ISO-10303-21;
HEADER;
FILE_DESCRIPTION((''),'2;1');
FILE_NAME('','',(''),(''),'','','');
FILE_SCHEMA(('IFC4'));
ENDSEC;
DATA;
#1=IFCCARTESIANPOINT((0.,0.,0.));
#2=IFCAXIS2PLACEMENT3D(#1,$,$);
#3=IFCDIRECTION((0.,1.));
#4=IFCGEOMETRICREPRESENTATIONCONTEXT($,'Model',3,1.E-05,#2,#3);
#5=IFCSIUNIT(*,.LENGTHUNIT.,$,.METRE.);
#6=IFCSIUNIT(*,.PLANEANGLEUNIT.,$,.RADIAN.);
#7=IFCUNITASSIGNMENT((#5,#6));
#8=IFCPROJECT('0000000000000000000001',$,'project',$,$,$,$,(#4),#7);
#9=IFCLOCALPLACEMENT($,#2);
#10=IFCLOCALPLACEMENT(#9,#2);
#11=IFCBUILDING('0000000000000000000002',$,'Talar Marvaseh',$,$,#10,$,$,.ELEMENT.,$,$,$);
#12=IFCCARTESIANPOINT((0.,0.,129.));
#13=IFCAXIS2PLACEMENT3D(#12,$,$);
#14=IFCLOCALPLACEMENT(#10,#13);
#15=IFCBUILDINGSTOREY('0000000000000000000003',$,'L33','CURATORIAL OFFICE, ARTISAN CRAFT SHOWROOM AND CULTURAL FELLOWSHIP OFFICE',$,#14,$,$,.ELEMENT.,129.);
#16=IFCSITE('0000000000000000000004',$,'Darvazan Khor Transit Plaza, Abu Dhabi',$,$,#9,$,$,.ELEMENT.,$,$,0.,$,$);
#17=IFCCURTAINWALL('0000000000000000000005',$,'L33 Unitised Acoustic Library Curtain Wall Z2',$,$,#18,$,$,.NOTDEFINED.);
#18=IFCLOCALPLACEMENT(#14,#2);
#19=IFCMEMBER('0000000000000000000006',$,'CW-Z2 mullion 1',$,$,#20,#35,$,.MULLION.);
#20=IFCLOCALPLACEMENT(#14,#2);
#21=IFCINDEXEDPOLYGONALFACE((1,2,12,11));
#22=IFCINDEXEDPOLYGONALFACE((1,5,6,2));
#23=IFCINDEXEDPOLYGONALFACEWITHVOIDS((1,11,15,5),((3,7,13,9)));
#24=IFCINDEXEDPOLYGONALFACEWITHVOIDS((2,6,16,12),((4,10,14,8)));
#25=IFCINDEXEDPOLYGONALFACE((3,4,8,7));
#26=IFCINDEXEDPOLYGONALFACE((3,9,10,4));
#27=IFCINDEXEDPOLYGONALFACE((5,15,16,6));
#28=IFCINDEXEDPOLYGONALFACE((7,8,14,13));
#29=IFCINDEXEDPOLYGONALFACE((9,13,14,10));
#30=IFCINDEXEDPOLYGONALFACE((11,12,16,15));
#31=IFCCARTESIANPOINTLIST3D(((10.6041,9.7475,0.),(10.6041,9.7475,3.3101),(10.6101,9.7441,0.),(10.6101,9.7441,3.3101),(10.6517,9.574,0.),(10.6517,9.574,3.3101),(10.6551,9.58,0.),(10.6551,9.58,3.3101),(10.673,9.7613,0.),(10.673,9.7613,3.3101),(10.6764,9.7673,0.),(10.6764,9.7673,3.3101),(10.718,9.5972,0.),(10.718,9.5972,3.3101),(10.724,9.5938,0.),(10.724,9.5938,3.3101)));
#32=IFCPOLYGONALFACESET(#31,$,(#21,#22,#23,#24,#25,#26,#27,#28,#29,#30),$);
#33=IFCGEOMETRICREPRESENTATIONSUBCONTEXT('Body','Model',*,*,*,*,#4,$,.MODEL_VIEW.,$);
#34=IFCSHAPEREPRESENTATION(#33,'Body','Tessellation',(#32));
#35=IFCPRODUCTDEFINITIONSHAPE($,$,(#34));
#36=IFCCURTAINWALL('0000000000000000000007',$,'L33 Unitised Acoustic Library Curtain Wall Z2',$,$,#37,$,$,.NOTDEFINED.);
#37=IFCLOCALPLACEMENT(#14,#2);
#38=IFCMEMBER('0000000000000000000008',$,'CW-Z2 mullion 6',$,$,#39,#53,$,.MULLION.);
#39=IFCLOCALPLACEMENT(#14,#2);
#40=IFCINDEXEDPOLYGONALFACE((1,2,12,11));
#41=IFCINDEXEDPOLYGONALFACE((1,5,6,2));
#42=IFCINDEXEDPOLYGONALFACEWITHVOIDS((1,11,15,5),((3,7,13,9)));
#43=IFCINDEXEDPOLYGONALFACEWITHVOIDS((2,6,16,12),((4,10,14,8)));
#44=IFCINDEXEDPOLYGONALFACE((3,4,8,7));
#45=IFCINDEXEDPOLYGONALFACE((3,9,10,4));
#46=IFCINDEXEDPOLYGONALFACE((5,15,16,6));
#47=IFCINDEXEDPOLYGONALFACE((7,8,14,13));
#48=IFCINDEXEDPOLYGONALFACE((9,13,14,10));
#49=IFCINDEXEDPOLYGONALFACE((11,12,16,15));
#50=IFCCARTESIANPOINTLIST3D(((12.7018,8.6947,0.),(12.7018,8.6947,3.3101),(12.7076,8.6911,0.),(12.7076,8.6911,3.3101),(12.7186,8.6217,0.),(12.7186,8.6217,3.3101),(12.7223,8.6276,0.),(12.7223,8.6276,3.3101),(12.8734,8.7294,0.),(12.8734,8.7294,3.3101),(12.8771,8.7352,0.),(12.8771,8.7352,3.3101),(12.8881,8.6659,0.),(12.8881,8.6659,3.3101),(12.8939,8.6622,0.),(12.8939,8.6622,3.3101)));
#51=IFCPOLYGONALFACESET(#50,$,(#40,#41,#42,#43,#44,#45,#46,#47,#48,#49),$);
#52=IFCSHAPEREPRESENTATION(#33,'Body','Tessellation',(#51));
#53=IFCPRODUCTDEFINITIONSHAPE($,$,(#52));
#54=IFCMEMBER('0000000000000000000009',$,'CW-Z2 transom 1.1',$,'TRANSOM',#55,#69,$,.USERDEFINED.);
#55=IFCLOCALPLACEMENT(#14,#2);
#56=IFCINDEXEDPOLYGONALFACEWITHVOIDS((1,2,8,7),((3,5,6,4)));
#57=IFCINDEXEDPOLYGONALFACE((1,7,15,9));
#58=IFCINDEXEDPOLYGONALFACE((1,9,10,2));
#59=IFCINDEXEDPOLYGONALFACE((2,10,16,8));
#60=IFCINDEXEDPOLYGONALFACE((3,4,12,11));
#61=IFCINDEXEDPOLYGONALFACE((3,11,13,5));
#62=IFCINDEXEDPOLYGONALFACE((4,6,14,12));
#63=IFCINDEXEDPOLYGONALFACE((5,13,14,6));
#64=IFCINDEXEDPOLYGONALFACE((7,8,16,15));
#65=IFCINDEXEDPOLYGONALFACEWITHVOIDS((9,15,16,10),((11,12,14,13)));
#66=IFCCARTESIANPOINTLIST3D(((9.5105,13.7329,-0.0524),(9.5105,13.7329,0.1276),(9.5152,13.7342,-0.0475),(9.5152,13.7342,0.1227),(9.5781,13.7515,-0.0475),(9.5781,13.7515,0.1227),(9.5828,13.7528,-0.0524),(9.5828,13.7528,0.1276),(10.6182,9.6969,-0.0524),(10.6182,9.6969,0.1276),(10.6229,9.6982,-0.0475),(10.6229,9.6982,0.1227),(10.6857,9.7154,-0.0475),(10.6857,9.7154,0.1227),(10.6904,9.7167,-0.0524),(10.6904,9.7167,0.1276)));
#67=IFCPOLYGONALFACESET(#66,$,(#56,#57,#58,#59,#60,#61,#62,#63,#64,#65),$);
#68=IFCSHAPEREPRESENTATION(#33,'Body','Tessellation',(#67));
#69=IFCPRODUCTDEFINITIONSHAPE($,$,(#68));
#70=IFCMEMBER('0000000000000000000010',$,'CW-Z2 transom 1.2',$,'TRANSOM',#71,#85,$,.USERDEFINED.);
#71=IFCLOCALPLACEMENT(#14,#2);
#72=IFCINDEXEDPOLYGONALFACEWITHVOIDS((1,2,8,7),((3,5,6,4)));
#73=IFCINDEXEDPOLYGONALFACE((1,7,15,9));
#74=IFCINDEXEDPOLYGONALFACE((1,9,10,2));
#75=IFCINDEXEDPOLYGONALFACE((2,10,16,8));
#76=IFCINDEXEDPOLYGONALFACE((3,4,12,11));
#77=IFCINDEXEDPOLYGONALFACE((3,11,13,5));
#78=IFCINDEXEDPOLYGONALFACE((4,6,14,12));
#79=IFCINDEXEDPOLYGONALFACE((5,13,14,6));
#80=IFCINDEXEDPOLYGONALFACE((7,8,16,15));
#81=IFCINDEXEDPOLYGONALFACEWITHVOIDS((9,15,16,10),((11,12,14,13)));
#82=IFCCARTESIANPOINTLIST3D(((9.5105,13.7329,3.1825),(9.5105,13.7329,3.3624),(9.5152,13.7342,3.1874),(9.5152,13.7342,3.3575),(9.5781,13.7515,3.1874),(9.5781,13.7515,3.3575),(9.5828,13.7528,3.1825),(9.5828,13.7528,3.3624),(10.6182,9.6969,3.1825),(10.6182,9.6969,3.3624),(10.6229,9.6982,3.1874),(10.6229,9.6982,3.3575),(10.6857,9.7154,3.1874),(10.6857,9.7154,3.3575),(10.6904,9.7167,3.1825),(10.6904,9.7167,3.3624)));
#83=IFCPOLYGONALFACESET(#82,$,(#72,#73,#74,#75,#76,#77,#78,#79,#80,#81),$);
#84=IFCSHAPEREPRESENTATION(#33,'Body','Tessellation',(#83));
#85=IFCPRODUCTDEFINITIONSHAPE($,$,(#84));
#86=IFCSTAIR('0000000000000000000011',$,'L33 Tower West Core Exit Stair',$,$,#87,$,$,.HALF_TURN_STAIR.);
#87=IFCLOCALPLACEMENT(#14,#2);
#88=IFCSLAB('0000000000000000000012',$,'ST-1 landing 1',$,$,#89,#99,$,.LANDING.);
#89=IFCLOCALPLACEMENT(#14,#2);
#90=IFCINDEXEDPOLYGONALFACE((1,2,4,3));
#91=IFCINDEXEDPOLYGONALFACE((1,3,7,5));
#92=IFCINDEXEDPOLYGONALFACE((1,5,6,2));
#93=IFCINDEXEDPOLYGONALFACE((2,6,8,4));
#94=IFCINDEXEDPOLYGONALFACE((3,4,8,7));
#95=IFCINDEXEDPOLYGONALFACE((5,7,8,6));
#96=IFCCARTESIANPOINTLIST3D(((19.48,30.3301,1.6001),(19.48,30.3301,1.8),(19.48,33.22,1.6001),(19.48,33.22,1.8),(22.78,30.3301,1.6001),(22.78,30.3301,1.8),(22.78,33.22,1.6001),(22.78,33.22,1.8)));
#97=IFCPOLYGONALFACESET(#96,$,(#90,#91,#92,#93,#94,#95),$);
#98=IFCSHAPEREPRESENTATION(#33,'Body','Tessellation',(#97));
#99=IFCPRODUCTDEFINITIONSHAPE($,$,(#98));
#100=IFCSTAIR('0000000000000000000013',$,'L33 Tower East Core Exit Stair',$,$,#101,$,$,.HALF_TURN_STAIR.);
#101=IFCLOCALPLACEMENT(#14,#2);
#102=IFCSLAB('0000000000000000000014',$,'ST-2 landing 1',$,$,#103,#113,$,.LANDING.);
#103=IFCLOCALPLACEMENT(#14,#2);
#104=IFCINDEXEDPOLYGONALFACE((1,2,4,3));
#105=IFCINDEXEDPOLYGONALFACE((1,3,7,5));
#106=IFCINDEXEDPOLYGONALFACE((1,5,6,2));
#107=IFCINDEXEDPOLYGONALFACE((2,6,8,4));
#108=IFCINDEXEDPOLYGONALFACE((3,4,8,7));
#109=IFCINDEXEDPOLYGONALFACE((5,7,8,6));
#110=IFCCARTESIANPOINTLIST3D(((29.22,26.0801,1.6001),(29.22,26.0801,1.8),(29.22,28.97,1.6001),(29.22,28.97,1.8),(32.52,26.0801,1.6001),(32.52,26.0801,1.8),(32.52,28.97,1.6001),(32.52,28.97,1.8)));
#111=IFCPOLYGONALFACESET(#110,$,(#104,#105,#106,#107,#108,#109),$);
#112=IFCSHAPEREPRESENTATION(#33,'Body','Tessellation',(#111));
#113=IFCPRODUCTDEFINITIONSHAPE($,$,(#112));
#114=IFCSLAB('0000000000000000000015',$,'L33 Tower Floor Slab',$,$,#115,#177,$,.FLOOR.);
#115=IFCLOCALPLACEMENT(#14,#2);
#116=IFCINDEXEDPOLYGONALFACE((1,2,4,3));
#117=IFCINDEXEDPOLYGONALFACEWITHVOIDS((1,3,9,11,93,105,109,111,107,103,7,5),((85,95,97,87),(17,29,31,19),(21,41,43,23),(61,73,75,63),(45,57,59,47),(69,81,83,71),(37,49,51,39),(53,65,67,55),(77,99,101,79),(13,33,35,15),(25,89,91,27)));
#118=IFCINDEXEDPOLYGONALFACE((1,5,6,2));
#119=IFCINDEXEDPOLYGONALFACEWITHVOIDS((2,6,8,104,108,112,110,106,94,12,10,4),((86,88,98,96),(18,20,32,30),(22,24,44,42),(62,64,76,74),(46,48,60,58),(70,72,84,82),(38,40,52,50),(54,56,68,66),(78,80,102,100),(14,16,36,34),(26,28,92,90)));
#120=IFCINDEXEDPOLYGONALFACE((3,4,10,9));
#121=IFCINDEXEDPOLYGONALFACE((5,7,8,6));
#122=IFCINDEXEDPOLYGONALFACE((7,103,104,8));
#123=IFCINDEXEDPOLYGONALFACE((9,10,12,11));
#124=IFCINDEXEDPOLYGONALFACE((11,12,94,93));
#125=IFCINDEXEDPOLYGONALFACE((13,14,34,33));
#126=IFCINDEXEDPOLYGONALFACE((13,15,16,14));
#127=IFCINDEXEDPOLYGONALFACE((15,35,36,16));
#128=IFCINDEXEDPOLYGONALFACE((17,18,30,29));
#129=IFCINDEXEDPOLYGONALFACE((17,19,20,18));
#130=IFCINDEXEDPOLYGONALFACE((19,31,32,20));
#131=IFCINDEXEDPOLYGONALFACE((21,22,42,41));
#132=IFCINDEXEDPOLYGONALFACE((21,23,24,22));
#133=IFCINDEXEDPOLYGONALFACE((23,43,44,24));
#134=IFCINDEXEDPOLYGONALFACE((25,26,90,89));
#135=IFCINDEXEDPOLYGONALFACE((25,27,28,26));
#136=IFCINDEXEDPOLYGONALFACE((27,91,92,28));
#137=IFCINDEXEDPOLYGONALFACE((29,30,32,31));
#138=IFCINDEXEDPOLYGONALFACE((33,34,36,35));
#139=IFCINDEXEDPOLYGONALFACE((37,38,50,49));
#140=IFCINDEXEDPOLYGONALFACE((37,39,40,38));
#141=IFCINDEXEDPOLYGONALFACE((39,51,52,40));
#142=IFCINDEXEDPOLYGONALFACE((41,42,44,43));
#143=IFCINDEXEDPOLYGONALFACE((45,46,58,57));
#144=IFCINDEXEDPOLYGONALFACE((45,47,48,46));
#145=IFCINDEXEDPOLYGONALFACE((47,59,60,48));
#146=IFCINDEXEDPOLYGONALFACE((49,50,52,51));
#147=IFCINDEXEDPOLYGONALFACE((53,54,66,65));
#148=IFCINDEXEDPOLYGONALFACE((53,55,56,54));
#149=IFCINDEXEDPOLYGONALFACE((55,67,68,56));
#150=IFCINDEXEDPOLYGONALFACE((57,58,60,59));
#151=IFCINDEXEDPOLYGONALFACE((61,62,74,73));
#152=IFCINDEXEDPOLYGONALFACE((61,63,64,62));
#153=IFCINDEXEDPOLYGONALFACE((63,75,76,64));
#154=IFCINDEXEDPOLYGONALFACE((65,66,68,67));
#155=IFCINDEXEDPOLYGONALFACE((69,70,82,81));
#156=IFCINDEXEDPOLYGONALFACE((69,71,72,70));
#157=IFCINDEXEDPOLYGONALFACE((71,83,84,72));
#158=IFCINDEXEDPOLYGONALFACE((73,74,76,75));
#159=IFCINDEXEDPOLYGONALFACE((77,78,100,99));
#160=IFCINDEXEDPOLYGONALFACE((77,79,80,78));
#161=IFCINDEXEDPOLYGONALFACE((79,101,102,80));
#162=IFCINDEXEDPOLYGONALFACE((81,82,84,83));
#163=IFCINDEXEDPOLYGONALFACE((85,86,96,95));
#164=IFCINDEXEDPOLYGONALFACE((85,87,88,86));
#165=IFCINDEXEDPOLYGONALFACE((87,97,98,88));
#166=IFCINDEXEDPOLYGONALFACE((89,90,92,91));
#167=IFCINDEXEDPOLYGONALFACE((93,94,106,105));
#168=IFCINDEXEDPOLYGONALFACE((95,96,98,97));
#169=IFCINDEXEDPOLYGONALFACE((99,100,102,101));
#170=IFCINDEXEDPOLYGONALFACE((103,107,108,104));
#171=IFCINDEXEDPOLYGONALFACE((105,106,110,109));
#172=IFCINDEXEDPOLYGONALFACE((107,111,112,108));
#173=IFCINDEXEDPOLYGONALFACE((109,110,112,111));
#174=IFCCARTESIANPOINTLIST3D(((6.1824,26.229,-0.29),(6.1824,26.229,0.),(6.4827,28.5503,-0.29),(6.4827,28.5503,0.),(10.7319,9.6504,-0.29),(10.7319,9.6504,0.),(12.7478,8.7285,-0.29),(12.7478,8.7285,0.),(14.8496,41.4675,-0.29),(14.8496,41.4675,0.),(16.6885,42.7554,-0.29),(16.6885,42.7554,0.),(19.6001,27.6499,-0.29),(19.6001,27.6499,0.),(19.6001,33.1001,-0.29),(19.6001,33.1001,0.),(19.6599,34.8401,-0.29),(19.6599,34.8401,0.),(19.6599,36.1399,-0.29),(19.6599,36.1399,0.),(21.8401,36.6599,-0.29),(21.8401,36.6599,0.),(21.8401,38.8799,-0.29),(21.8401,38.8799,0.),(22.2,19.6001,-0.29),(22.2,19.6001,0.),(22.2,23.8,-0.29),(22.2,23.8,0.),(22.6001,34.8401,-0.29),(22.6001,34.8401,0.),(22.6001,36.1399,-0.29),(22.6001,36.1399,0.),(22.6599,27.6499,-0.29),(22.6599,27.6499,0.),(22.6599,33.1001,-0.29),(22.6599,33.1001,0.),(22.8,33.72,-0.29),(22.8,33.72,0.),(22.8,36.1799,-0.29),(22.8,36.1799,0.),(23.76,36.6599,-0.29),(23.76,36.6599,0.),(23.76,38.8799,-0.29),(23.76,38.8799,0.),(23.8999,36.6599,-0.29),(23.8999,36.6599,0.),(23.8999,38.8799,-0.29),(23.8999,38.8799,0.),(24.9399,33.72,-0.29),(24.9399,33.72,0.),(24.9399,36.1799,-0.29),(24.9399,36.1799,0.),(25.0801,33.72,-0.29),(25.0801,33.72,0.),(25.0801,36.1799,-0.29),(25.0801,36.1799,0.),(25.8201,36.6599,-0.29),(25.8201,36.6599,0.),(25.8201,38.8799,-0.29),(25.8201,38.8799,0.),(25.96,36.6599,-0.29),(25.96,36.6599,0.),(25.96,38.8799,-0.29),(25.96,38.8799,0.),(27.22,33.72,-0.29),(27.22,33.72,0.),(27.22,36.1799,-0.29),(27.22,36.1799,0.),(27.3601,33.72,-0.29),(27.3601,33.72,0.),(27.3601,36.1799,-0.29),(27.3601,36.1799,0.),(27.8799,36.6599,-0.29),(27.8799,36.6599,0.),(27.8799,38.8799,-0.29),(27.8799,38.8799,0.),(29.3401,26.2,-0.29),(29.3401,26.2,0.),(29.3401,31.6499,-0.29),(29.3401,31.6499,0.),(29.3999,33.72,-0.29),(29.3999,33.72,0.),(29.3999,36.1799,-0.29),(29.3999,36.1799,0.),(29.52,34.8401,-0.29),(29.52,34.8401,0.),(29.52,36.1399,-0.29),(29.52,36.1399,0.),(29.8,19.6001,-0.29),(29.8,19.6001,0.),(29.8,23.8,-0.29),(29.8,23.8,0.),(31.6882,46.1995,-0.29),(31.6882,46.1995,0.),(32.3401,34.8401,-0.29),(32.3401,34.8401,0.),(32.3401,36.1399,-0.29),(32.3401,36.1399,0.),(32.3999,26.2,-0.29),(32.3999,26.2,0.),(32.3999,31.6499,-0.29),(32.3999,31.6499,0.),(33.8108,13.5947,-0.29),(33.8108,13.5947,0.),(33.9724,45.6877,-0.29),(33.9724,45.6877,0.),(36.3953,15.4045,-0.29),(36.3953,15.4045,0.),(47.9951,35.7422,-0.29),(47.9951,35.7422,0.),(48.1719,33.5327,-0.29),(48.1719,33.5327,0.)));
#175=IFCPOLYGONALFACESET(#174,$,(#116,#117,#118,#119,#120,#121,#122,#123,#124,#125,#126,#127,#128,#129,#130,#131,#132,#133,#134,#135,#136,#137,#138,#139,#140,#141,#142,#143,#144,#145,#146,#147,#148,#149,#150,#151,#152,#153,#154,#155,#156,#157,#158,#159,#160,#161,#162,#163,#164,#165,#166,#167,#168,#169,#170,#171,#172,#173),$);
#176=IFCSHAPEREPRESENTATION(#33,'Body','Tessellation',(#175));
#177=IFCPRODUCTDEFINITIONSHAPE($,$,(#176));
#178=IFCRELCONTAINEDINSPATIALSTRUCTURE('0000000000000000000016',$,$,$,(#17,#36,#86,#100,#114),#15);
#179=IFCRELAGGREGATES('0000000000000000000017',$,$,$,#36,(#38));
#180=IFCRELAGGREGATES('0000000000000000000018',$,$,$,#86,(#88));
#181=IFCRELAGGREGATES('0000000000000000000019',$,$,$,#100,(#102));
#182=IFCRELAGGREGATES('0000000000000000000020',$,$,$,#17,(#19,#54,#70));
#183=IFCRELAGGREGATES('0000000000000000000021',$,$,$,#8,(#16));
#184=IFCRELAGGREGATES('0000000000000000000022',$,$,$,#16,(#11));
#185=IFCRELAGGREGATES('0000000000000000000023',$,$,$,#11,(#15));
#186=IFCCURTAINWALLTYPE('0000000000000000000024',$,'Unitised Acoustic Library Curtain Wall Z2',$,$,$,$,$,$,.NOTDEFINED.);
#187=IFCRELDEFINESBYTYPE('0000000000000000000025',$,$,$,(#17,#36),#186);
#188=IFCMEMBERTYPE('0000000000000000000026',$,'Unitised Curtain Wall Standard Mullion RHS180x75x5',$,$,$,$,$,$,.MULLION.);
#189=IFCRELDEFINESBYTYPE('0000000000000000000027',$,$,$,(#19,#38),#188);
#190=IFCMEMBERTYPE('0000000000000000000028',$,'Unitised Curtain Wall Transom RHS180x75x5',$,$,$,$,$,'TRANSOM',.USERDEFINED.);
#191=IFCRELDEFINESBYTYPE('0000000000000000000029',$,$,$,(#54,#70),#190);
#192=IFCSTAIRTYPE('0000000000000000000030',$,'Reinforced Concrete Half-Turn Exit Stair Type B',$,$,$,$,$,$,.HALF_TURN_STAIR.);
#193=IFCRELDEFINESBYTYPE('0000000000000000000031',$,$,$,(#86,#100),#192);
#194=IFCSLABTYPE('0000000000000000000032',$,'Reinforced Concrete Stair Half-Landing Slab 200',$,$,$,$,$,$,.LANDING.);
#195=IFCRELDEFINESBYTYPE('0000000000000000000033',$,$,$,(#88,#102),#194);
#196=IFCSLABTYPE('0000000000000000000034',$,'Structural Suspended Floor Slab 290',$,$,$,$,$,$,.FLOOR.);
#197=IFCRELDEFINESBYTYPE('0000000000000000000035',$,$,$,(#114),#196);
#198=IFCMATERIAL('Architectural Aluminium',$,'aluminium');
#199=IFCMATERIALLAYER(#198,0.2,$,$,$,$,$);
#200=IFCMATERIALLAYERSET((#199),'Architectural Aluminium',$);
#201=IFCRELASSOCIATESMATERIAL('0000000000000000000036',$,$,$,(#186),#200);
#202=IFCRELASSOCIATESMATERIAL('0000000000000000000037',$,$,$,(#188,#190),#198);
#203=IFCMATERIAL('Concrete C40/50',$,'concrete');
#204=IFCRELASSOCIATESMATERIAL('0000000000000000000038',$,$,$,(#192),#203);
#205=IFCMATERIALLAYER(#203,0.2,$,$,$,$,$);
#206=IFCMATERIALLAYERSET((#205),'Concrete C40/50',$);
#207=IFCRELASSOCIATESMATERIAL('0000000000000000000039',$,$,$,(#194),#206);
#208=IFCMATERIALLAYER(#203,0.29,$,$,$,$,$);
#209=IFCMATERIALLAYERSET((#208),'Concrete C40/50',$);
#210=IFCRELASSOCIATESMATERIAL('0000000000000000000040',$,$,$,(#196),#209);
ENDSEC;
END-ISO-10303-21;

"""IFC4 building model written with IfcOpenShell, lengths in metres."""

from ifc_helpers import new_model, si_unit, direction, frame, origin, origin_2d, place, context, subcontext, project, spatial, polyline, hollow_rectangle, outline, extrude, source, transform, mapped, material, layer, layer_set, material_profile, profile_set, type_object, type_shapes, element, aggregate, save


model = new_model("IFC4")

# Units and contexts
model_context = context("Model", 3, precision=1e-05, world=origin(), true_north=direction((0.0, 1.0)))
body_context = subcontext(model_context, "Body", "Model", "MODEL_VIEW")
ifc_project = project(units=[si_unit("LENGTHUNIT", "METRE"), si_unit("PLANEANGLEUNIT", "RADIAN")], contexts=[model_context])

# Site, building, storey
site_placement = place(None, origin())
site = spatial("IfcSite", under=ifc_project, at=site_placement, Name="Darvazan Khor Transit Plaza, Abu Dhabi", CompositionType="ELEMENT", RefElevation=0.0)
building_placement = place(site_placement, origin())
building = spatial("IfcBuilding", under=site, at=building_placement, Name="Talar Marvaseh", CompositionType="ELEMENT")
storey_placement = place(building_placement, frame((0.0, 0.0, 129.0)))
storey = spatial("IfcBuildingStorey", under=building, at=storey_placement, Name="L33", Description="CURATORIAL OFFICE, ARTISAN CRAFT SHOWROOM AND CULTURAL FELLOWSHIP OFFICE", CompositionType="ELEMENT", Elevation=129.0)

# Curtain walls, members
ifc_material_1 = material(Name="Architectural Aluminium", Category="aluminium")
ifc_layer_1 = layer(ifc_material_1, 0.2)
ifc_layer_set_1 = layer_set([ifc_layer_1], Name="Architectural Aluminium")
curtain_wall_type = type_object("IfcCurtainWallType", Name="Unitised Acoustic Library Curtain Wall Z2", PredefinedType="NOTDEFINED", material=ifc_layer_set_1)
curtain_wall_1_placement = place(storey_placement, origin())
curtain_wall_1 = element("IfcCurtainWall", 1, at=curtain_wall_1_placement, inside=storey, type_object=curtain_wall_type, Name="L33 Unitised Acoustic Library Curtain Wall Z2", PredefinedType="NOTDEFINED")
ifc_material_profile_1 = material_profile(ifc_material_1, hollow_rectangle(XDim=0.075, YDim=0.1799, WallThickness=0.0049, at=origin_2d()), Name="RHS180x75x5")
ifc_profile_set_1 = profile_set([ifc_material_profile_1], Name="Architectural Aluminium")
member_type_1 = type_object("IfcMemberType", Name="Unitised Curtain Wall Standard Mullion RHS180x75x5", PredefinedType="MULLION", material=ifc_profile_set_1)
shared_shape_1 = source(origin(), body_context, "Body", "SweptSolid", [
    extrude(hollow_rectangle(XDim=0.075, YDim=0.1799, WallThickness=0.0049, at=origin_2d()), origin(), (0.0, 0.0, 1.0), 3.3101),
])
type_shapes(member_type_1, [shared_shape_1])
member_1_placement = place(storey_placement, frame((10.6641, 9.6707, 0.0), z_axis=(0.0, 0.0, 1.0), x_axis=(-0.964345, -0.264647, 0.0)))
member_1 = element("IfcMember", 2, at=member_1_placement, type_object=member_type_1, Name="CW-Z2 mullion 1", PredefinedType="MULLION", context=body_context, shape_type="MappedRepresentation", body=[
    mapped(shared_shape_1, transform((0.0, 0.0, 0.0), x_axis=(1.0, 0.0, 0.0), y_axis=(0.0, 1.0, 0.0), z_axis=(0.0, 0.0, 1.0), scale=1.0)),
])
curtain_wall_2_placement = place(storey_placement, origin())
curtain_wall_2 = element("IfcCurtainWall", 3, at=curtain_wall_2_placement, inside=storey, type_object=curtain_wall_type, Name="L33 Unitised Acoustic Library Curtain Wall Z2", PredefinedType="NOTDEFINED")
member_2_placement = place(storey_placement, frame((12.7979, 8.6785, 0.0), z_axis=(0.0, 0.0, 1.0), x_axis=(0.225103, -0.974335, 0.0)))
member_2 = element("IfcMember", 4, at=member_2_placement, type_object=member_type_1, Name="CW-Z2 mullion 6", PredefinedType="MULLION", context=body_context, shape_type="MappedRepresentation", body=[
    mapped(shared_shape_1, transform((0.0, 0.0, 0.0), x_axis=(1.0, 0.0, 0.0), y_axis=(0.0, 1.0, 0.0), z_axis=(0.0, 0.0, 1.0), scale=1.0)),
])
aggregate(curtain_wall_2, [member_2])

# Members
ifc_material_profile_2 = material_profile(ifc_material_1, hollow_rectangle(XDim=0.075, YDim=0.1799, WallThickness=0.0049, at=origin_2d()), Name="RHS180x75x5")
ifc_profile_set_2 = profile_set([ifc_material_profile_2], Name="Architectural Aluminium")
member_type_2 = type_object("IfcMemberType", Name="Unitised Curtain Wall Transom RHS180x75x5", ElementType="TRANSOM", PredefinedType="USERDEFINED", material=ifc_profile_set_2)
shared_shape_2 = source(origin(), body_context, "Body", "SweptSolid", [
    extrude(hollow_rectangle(XDim=0.075, YDim=0.1799, WallThickness=0.0049, at=origin_2d()), origin(), (0.0, 0.0, 1.0), 4.1853),
])
type_shapes(member_type_2, [shared_shape_2])
member_3_placement = place(storey_placement, frame((10.6543, 9.7068, 0.0376), z_axis=(-0.264652, 0.964344, 0.0), x_axis=(-0.964344, -0.264652, 0.0)))
member_3 = element("IfcMember", 5, at=member_3_placement, type_object=member_type_2, Name="CW-Z2 transom 1.1", ObjectType="TRANSOM", PredefinedType="USERDEFINED", context=body_context, shape_type="MappedRepresentation", body=[
    mapped(shared_shape_2, transform((0.0, 0.0, 0.0), x_axis=(1.0, 0.0, 0.0), y_axis=(0.0, 1.0, 0.0), z_axis=(0.0, 0.0, 1.0), scale=1.0)),
])
member_4_placement = place(storey_placement, frame((10.6543, 9.7068, 3.2725), z_axis=(-0.264652, 0.964344, 0.0), x_axis=(-0.964344, -0.264652, 0.0)))
member_4 = element("IfcMember", 6, at=member_4_placement, type_object=member_type_2, Name="CW-Z2 transom 1.2", ObjectType="TRANSOM", PredefinedType="USERDEFINED", context=body_context, shape_type="MappedRepresentation", body=[
    mapped(shared_shape_2, transform((0.0, 0.0, 0.0), x_axis=(1.0, 0.0, 0.0), y_axis=(0.0, 1.0, 0.0), z_axis=(0.0, 0.0, 1.0), scale=1.0)),
])

# Stairs, slabs
ifc_material_2 = material(Name="Concrete C40/50", Category="concrete")
stair_type = type_object("IfcStairType", Name="Reinforced Concrete Half-Turn Exit Stair Type B", PredefinedType="HALF_TURN_STAIR", material=ifc_material_2)
stair_1_placement = place(storey_placement, origin())
stair_1 = element("IfcStair", 7, at=stair_1_placement, inside=storey, type_object=stair_type, Name="L33 Tower West Core Exit Stair", PredefinedType="HALF_TURN_STAIR")
ifc_layer_2 = layer(ifc_material_2, 0.2)
ifc_layer_set_2 = layer_set([ifc_layer_2], Name="Concrete C40/50")
slab_type_1 = type_object("IfcSlabType", Name="Reinforced Concrete Stair Half-Landing Slab 200", PredefinedType="LANDING", material=ifc_layer_set_2)
slab_1_placement = place(storey_placement, frame((0.0, 0.0, 1.6001)))
slab_1 = element("IfcSlab", 8, at=slab_1_placement, type_object=slab_type_1, Name="ST-1 landing 1", PredefinedType="LANDING", context=body_context, shape_type="SweptSolid", body=[
    extrude(outline(polyline([(22.78, 30.3301), (22.78, 33.22), (19.48, 33.22), (19.48, 30.3301), (22.78, 30.3301)])), origin(), (0.0, 0.0, 1.0), 0.2),
])
aggregate(stair_1, [slab_1])
stair_2_placement = place(storey_placement, origin())
stair_2 = element("IfcStair", 9, at=stair_2_placement, inside=storey, type_object=stair_type, Name="L33 Tower East Core Exit Stair", PredefinedType="HALF_TURN_STAIR")
slab_2_placement = place(storey_placement, frame((0.0, 0.0, 1.6001)))
slab_2 = element("IfcSlab", 10, at=slab_2_placement, type_object=slab_type_1, Name="ST-2 landing 1", PredefinedType="LANDING", context=body_context, shape_type="SweptSolid", body=[
    extrude(outline(polyline([(29.22, 28.97), (29.22, 26.0801), (32.52, 26.0801), (32.52, 28.97), (29.22, 28.97)])), origin(), (0.0, 0.0, 1.0), 0.2),
])
aggregate(stair_2, [slab_2])

# Slab
ifc_layer_3 = layer(ifc_material_2, 0.29)
ifc_layer_set_3 = layer_set([ifc_layer_3], Name="Concrete C40/50")
slab_type_2 = type_object("IfcSlabType", Name="Structural Suspended Floor Slab 290", PredefinedType="FLOOR", material=ifc_layer_set_3)
slab_3_placement = place(storey_placement, frame((0.0, 0.0, -0.29)))
element("IfcSlab", 11, at=slab_3_placement, inside=storey, type_object=slab_type_2, Name="L33 Tower Floor Slab", PredefinedType="FLOOR", context=body_context, shape_type="SweptSolid", body=[
    extrude(outline(polyline([(12.7478, 8.7285), (10.7319, 9.6504), (6.1824, 26.229), (6.4827, 28.5503), (14.8496, 41.4675), (16.6885, 42.7554), (31.6882, 46.1995), (33.9724, 45.6877), (47.9951, 35.7422), (48.1719, 33.5327), (36.3953, 15.4045), (33.8108, 13.5947), (12.7478, 8.7285)]), holes=[polyline([(22.6599, 27.6499), (22.6599, 33.1001), (19.6001, 33.1001), (19.6001, 27.6499), (22.6599, 27.6499)]), polyline([(29.3401, 31.6499), (29.3401, 26.2), (32.3999, 26.2), (32.3999, 31.6499), (29.3401, 31.6499)]), polyline([(22.8, 33.72), (24.9399, 33.72), (24.9399, 36.1799), (22.8, 36.1799), (22.8, 33.72)]), polyline([(25.0801, 33.72), (27.22, 33.72), (27.22, 36.1799), (25.0801, 36.1799), (25.0801, 33.72)]), polyline([(27.3601, 33.72), (29.3999, 33.72), (29.3999, 36.1799), (27.3601, 36.1799), (27.3601, 33.72)]), polyline([(21.8401, 36.6599), (23.76, 36.6599), (23.76, 38.8799), (21.8401, 38.8799), (21.8401, 36.6599)]), polyline([(23.8999, 36.6599), (25.8201, 36.6599), (25.8201, 38.8799), (23.8999, 38.8799), (23.8999, 36.6599)]), polyline([(25.96, 36.6599), (27.8799, 36.6599), (27.8799, 38.8799), (25.96, 38.8799), (25.96, 36.6599)]), polyline([(19.6599, 34.8401), (22.6001, 34.8401), (22.6001, 36.1399), (19.6599, 36.1399), (19.6599, 34.8401)]), polyline([(29.52, 34.8401), (32.3401, 34.8401), (32.3401, 36.1399), (29.52, 36.1399), (29.52, 34.8401)]), polyline([(22.2, 19.6001), (29.8, 19.6001), (29.8, 23.8), (22.2, 23.8), (22.2, 19.6001)])]), origin(), (0.0, 0.0, 1.0), 0.29),
])

aggregate(curtain_wall_1, [member_1, member_3, member_4])

save(model, "model.ifc")
